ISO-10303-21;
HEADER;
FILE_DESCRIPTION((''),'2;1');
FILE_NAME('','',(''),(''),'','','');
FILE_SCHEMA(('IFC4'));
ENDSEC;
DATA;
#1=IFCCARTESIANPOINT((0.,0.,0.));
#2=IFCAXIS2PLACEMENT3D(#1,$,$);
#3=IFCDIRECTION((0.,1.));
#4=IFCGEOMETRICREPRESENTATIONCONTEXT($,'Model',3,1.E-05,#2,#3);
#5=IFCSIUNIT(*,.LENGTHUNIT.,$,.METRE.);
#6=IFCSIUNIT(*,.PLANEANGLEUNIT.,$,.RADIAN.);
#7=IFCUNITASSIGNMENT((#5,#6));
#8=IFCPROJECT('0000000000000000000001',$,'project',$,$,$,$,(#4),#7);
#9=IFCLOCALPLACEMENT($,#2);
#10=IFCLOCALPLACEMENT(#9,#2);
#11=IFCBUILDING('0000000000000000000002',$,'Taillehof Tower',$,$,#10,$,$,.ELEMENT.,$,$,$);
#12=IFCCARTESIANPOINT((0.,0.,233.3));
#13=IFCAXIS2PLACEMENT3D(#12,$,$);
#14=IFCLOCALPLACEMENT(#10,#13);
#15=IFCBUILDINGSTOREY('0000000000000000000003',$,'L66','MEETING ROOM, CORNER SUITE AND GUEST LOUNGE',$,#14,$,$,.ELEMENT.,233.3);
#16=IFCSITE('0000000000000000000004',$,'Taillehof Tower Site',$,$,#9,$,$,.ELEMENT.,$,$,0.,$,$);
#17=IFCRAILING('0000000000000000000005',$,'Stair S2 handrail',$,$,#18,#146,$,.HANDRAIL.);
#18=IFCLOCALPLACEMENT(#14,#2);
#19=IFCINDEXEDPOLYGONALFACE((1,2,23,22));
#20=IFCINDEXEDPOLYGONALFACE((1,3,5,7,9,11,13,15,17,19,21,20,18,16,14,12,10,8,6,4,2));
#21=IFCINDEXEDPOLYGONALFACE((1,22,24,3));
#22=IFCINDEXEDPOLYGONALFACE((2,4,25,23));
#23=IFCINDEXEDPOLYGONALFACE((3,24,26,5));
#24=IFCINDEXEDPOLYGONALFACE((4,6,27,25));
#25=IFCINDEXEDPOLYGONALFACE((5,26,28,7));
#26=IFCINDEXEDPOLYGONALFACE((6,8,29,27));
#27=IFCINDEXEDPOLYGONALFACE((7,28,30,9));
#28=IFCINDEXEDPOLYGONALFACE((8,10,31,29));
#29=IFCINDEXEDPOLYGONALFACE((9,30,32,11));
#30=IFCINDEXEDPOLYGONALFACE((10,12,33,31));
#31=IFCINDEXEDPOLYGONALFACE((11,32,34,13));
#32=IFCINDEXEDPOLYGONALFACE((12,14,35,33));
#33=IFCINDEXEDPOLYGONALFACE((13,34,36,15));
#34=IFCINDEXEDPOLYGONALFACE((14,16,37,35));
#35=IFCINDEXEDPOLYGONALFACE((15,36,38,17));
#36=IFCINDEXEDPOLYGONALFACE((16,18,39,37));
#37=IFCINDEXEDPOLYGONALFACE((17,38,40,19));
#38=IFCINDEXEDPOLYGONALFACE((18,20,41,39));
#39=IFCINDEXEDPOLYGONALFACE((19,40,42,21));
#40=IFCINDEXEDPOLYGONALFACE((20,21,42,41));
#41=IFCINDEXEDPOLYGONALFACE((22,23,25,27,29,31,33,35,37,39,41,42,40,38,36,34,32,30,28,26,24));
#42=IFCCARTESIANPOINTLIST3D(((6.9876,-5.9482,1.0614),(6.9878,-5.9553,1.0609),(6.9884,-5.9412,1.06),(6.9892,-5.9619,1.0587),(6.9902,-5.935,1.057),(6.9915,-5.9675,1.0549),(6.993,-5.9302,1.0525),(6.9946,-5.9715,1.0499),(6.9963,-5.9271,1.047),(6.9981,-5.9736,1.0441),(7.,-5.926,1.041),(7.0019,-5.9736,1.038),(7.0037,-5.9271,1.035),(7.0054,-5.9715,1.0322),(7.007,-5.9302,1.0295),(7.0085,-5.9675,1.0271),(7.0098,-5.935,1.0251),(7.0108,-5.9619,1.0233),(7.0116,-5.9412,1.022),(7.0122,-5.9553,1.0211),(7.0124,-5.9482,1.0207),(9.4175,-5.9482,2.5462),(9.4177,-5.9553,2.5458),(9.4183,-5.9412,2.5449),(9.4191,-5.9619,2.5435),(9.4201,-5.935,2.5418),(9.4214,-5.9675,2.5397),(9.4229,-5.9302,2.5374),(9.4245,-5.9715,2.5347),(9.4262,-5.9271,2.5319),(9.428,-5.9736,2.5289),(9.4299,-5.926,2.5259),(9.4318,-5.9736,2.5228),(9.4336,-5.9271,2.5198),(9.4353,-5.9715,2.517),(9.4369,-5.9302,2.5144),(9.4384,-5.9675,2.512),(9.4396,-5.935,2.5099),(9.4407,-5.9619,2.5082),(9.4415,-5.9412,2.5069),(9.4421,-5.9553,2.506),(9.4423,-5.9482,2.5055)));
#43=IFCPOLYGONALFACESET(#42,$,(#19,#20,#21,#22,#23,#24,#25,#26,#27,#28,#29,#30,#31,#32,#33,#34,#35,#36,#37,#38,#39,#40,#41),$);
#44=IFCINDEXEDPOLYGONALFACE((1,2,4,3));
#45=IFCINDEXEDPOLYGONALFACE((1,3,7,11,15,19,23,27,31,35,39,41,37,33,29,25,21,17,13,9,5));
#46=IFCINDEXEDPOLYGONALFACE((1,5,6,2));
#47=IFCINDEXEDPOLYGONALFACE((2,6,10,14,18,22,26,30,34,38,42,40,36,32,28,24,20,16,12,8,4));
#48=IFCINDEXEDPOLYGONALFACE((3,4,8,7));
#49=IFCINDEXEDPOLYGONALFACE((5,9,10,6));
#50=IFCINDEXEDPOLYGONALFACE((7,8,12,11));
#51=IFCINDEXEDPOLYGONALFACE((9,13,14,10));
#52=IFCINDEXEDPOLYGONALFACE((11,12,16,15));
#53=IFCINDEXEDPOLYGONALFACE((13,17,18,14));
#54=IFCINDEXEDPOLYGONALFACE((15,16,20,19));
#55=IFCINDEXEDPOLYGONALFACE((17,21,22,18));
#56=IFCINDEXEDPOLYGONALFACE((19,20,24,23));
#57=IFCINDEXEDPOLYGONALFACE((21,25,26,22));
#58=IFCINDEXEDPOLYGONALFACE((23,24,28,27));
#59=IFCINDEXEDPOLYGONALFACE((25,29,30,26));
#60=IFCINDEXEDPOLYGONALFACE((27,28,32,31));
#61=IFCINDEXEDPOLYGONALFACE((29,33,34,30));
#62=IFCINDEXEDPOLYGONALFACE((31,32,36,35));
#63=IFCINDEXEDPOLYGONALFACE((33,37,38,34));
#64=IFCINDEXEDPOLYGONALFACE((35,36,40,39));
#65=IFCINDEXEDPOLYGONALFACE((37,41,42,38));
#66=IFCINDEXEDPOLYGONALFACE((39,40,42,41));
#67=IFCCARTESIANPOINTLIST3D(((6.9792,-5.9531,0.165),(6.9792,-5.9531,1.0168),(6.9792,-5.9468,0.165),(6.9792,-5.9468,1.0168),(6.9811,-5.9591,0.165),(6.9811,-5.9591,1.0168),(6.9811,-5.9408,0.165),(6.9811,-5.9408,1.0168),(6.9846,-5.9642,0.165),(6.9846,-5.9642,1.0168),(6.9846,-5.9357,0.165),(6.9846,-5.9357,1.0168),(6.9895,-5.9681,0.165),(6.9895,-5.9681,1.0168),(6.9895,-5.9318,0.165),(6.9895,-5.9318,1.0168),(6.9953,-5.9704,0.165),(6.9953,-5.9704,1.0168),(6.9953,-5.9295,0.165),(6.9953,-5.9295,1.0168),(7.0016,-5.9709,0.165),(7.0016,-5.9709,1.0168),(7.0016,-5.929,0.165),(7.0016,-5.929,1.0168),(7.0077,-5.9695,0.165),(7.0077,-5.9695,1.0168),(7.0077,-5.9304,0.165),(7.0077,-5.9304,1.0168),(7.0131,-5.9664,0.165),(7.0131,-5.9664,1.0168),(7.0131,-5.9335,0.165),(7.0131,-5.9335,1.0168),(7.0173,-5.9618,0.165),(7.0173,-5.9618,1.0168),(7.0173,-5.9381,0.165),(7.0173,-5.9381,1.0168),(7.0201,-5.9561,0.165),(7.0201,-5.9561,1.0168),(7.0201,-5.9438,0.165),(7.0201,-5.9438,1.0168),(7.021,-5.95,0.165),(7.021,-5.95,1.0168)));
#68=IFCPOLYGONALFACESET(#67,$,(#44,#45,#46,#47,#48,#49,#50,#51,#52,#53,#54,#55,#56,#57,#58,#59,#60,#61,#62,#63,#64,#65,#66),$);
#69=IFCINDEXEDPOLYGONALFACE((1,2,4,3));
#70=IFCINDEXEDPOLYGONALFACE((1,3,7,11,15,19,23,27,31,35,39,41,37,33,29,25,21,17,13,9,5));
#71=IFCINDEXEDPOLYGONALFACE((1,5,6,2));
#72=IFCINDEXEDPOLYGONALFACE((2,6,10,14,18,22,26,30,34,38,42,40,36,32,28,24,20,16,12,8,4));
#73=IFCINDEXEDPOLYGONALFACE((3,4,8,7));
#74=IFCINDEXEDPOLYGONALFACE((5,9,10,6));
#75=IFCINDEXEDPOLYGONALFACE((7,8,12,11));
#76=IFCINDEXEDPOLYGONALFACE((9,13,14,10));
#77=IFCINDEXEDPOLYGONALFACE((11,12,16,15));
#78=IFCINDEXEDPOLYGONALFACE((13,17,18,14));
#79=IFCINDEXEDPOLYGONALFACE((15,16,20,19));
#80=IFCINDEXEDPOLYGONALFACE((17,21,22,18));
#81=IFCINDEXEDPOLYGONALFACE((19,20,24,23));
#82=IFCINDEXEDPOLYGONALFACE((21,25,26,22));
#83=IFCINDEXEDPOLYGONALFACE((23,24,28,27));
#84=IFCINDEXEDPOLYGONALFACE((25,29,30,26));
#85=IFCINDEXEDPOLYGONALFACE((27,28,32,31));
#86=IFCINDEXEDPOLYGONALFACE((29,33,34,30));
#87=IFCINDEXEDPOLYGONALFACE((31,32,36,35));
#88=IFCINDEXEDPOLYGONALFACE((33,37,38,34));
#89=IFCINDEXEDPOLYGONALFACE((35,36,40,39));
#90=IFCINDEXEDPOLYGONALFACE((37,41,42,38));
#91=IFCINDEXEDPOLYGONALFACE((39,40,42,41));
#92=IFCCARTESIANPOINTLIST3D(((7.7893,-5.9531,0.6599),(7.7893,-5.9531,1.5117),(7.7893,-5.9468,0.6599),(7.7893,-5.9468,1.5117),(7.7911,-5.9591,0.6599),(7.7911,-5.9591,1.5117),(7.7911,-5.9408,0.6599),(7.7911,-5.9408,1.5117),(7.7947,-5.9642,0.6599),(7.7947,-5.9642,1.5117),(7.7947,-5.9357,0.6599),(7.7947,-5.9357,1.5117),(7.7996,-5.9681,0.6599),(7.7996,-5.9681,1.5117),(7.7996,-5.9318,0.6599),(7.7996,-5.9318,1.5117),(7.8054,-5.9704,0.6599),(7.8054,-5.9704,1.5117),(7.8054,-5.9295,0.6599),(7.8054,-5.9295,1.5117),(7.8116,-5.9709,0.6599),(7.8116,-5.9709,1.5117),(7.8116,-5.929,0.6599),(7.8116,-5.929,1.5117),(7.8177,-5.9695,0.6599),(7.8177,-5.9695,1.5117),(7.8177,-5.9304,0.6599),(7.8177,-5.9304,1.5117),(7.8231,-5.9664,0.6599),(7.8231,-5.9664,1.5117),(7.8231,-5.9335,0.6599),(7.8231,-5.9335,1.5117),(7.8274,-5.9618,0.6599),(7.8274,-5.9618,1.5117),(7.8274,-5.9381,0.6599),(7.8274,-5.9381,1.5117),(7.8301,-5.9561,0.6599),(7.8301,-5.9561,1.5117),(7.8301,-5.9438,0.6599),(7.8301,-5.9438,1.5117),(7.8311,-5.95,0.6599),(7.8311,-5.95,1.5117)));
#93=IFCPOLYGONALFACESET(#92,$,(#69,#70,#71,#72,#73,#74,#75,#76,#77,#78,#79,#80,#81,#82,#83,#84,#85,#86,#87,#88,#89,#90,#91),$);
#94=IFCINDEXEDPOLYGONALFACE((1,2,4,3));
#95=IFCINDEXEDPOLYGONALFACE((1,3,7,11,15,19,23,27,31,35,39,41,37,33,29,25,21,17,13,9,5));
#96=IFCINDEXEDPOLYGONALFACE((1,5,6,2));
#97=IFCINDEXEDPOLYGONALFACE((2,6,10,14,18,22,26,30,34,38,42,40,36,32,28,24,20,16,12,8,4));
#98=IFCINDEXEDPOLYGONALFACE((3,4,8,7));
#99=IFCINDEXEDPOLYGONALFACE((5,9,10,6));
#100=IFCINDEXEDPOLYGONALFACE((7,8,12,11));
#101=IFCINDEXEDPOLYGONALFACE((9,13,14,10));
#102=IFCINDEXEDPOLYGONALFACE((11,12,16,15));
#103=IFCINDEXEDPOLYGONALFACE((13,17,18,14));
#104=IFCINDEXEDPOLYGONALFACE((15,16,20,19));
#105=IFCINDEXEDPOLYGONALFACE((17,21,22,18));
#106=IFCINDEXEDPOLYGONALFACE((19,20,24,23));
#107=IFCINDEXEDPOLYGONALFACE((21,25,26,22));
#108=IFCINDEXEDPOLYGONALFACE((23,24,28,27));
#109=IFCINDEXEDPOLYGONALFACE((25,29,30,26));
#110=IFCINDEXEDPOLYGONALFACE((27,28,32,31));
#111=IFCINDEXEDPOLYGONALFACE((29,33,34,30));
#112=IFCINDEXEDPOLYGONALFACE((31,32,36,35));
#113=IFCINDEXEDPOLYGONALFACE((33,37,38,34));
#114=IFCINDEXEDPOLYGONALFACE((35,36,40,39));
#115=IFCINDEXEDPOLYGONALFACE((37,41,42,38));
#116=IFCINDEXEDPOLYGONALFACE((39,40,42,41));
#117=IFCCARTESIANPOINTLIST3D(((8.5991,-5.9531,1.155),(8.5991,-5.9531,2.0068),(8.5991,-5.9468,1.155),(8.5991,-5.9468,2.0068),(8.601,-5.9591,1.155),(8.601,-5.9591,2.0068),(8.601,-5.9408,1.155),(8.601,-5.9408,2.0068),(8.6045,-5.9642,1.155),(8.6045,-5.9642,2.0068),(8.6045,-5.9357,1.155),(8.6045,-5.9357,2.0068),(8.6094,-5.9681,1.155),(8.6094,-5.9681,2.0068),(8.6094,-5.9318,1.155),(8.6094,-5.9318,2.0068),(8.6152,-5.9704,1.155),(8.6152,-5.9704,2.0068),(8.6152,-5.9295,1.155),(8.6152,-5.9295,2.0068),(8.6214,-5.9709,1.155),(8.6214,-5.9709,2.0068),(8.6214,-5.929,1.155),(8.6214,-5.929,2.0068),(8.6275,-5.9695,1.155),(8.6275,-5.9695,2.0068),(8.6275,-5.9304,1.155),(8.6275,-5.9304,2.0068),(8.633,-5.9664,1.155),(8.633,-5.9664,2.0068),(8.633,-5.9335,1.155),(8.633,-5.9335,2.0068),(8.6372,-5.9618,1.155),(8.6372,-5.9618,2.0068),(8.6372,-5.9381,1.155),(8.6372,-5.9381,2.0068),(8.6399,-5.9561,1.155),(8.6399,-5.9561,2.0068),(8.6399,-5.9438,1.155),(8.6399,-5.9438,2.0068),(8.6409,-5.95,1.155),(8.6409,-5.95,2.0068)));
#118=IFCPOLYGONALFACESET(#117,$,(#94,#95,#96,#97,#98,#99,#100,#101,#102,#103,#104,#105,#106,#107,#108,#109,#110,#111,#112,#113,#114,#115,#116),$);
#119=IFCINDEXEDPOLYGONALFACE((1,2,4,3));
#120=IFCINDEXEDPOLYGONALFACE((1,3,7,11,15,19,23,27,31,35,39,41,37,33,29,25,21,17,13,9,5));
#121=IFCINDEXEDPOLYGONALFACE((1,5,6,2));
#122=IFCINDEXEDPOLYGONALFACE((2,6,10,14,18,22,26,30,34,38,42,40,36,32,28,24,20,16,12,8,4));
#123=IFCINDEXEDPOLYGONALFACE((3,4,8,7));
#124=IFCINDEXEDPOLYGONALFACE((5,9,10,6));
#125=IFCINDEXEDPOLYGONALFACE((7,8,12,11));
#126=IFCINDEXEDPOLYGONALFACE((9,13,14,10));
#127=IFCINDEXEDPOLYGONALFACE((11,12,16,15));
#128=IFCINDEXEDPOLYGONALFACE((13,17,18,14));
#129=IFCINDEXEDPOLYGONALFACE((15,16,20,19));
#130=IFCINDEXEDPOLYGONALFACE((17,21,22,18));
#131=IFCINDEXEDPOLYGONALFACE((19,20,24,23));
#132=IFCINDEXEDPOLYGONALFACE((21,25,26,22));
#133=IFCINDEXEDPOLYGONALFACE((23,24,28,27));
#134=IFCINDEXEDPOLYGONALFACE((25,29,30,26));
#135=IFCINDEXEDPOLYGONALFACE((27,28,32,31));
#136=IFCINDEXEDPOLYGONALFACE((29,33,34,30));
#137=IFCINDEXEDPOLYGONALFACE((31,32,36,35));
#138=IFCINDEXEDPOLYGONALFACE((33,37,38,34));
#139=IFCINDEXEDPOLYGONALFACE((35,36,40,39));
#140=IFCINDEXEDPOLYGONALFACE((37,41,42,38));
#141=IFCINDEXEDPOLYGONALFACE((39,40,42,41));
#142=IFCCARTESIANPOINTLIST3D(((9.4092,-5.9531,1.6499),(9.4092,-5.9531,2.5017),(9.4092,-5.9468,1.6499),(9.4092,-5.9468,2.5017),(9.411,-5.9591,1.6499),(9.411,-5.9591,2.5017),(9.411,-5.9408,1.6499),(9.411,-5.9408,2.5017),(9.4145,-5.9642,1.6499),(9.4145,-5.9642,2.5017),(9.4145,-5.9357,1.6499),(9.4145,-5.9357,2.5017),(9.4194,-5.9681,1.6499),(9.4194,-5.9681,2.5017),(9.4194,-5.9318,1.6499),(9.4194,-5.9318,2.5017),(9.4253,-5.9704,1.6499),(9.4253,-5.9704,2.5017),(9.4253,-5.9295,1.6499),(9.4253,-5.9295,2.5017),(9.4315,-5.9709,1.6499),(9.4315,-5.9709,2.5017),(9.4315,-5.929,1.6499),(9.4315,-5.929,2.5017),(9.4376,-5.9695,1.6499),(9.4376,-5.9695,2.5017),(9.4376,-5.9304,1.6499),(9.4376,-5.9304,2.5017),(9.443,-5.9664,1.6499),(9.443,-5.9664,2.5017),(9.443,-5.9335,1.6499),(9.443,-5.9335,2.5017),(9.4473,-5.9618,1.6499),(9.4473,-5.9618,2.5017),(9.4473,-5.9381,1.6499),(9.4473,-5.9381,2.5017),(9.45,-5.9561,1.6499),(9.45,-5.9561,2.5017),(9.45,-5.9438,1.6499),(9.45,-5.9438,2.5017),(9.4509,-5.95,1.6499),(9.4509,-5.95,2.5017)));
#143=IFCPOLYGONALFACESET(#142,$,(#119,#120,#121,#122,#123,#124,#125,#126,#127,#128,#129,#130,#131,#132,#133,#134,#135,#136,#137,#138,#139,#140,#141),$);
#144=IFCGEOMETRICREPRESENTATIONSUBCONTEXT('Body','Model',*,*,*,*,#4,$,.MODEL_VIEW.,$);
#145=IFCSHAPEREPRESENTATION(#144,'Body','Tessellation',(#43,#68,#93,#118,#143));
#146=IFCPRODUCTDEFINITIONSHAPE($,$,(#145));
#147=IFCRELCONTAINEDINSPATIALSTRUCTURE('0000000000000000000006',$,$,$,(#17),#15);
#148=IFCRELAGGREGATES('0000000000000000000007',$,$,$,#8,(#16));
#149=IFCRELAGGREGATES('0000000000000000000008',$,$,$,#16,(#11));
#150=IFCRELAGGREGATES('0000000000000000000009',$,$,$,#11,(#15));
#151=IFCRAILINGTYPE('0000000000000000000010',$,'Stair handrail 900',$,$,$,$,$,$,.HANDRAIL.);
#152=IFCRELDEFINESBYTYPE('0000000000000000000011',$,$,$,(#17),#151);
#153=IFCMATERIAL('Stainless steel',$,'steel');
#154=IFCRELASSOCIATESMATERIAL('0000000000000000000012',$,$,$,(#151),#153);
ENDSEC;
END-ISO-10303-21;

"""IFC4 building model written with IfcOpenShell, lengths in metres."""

from ifc_helpers import new_model, si_unit, direction, frame, origin, origin_2d, place, context, subcontext, project, spatial, circle, extrude, material, type_object, element, save


model = new_model("IFC4")

# Units and contexts
model_context = context("Model", 3, precision=1e-05, world=origin(), true_north=direction((0.0, 1.0)))
body_context = subcontext(model_context, "Body", "Model", "MODEL_VIEW")
ifc_project = project(units=[si_unit("LENGTHUNIT", "METRE"), si_unit("PLANEANGLEUNIT", "RADIAN")], contexts=[model_context])

# Site, building, storey
site_placement = place(None, origin())
site = spatial("IfcSite", under=ifc_project, at=site_placement, Name="Taillehof Tower Site", CompositionType="ELEMENT", RefElevation=0.0)
building_placement = place(site_placement, origin())
building = spatial("IfcBuilding", under=site, at=building_placement, Name="Taillehof Tower", CompositionType="ELEMENT")
storey_placement = place(building_placement, frame((0.0, 0.0, 233.3)))
storey = spatial("IfcBuildingStorey", under=building, at=storey_placement, Name="L66", Description="MEETING ROOM, CORNER SUITE AND GUEST LOUNGE", CompositionType="ELEMENT", Elevation=233.3)

# Railing
ifc_material_1 = material(Name="Stainless steel", Category="steel")
railing_type = type_object("IfcRailingType", Name="Stair handrail 900", PredefinedType="HANDRAIL", material=ifc_material_1)
railing_placement = place(storey_placement, frame((7.0, -5.95, 0.165)))
element("IfcRailing", 1, at=railing_placement, inside=storey, type_object=railing_type, Name="Stair S2 handrail", PredefinedType="HANDRAIL", context=body_context, shape_type="SweptSolid", body=[
    extrude(circle(Radius=0.0239, at=origin_2d()), frame((0.0, 0.0, 0.876), z_axis=(0.853297, 0.0, 0.521426), x_axis=(0.0, 1.0, 0.0)), (0.0, 0.0, 1.0), 2.8477),
    extrude(circle(Radius=0.021, at=origin_2d()), origin(), (0.0, 0.0, 1.0), 0.8518),
    extrude(circle(Radius=0.021, at=origin_2d()), frame((0.8101, 0.0, 0.4949)), (0.0, 0.0, 1.0), 0.8518),
    extrude(circle(Radius=0.021, at=origin_2d()), frame((1.6199, 0.0, 0.99)), (0.0, 0.0, 1.0), 0.8518),
    extrude(circle(Radius=0.021, at=origin_2d()), frame((2.4299, 0.0, 1.4849)), (0.0, 0.0, 1.0), 0.8518),
])

save(model, "model.ifc")
